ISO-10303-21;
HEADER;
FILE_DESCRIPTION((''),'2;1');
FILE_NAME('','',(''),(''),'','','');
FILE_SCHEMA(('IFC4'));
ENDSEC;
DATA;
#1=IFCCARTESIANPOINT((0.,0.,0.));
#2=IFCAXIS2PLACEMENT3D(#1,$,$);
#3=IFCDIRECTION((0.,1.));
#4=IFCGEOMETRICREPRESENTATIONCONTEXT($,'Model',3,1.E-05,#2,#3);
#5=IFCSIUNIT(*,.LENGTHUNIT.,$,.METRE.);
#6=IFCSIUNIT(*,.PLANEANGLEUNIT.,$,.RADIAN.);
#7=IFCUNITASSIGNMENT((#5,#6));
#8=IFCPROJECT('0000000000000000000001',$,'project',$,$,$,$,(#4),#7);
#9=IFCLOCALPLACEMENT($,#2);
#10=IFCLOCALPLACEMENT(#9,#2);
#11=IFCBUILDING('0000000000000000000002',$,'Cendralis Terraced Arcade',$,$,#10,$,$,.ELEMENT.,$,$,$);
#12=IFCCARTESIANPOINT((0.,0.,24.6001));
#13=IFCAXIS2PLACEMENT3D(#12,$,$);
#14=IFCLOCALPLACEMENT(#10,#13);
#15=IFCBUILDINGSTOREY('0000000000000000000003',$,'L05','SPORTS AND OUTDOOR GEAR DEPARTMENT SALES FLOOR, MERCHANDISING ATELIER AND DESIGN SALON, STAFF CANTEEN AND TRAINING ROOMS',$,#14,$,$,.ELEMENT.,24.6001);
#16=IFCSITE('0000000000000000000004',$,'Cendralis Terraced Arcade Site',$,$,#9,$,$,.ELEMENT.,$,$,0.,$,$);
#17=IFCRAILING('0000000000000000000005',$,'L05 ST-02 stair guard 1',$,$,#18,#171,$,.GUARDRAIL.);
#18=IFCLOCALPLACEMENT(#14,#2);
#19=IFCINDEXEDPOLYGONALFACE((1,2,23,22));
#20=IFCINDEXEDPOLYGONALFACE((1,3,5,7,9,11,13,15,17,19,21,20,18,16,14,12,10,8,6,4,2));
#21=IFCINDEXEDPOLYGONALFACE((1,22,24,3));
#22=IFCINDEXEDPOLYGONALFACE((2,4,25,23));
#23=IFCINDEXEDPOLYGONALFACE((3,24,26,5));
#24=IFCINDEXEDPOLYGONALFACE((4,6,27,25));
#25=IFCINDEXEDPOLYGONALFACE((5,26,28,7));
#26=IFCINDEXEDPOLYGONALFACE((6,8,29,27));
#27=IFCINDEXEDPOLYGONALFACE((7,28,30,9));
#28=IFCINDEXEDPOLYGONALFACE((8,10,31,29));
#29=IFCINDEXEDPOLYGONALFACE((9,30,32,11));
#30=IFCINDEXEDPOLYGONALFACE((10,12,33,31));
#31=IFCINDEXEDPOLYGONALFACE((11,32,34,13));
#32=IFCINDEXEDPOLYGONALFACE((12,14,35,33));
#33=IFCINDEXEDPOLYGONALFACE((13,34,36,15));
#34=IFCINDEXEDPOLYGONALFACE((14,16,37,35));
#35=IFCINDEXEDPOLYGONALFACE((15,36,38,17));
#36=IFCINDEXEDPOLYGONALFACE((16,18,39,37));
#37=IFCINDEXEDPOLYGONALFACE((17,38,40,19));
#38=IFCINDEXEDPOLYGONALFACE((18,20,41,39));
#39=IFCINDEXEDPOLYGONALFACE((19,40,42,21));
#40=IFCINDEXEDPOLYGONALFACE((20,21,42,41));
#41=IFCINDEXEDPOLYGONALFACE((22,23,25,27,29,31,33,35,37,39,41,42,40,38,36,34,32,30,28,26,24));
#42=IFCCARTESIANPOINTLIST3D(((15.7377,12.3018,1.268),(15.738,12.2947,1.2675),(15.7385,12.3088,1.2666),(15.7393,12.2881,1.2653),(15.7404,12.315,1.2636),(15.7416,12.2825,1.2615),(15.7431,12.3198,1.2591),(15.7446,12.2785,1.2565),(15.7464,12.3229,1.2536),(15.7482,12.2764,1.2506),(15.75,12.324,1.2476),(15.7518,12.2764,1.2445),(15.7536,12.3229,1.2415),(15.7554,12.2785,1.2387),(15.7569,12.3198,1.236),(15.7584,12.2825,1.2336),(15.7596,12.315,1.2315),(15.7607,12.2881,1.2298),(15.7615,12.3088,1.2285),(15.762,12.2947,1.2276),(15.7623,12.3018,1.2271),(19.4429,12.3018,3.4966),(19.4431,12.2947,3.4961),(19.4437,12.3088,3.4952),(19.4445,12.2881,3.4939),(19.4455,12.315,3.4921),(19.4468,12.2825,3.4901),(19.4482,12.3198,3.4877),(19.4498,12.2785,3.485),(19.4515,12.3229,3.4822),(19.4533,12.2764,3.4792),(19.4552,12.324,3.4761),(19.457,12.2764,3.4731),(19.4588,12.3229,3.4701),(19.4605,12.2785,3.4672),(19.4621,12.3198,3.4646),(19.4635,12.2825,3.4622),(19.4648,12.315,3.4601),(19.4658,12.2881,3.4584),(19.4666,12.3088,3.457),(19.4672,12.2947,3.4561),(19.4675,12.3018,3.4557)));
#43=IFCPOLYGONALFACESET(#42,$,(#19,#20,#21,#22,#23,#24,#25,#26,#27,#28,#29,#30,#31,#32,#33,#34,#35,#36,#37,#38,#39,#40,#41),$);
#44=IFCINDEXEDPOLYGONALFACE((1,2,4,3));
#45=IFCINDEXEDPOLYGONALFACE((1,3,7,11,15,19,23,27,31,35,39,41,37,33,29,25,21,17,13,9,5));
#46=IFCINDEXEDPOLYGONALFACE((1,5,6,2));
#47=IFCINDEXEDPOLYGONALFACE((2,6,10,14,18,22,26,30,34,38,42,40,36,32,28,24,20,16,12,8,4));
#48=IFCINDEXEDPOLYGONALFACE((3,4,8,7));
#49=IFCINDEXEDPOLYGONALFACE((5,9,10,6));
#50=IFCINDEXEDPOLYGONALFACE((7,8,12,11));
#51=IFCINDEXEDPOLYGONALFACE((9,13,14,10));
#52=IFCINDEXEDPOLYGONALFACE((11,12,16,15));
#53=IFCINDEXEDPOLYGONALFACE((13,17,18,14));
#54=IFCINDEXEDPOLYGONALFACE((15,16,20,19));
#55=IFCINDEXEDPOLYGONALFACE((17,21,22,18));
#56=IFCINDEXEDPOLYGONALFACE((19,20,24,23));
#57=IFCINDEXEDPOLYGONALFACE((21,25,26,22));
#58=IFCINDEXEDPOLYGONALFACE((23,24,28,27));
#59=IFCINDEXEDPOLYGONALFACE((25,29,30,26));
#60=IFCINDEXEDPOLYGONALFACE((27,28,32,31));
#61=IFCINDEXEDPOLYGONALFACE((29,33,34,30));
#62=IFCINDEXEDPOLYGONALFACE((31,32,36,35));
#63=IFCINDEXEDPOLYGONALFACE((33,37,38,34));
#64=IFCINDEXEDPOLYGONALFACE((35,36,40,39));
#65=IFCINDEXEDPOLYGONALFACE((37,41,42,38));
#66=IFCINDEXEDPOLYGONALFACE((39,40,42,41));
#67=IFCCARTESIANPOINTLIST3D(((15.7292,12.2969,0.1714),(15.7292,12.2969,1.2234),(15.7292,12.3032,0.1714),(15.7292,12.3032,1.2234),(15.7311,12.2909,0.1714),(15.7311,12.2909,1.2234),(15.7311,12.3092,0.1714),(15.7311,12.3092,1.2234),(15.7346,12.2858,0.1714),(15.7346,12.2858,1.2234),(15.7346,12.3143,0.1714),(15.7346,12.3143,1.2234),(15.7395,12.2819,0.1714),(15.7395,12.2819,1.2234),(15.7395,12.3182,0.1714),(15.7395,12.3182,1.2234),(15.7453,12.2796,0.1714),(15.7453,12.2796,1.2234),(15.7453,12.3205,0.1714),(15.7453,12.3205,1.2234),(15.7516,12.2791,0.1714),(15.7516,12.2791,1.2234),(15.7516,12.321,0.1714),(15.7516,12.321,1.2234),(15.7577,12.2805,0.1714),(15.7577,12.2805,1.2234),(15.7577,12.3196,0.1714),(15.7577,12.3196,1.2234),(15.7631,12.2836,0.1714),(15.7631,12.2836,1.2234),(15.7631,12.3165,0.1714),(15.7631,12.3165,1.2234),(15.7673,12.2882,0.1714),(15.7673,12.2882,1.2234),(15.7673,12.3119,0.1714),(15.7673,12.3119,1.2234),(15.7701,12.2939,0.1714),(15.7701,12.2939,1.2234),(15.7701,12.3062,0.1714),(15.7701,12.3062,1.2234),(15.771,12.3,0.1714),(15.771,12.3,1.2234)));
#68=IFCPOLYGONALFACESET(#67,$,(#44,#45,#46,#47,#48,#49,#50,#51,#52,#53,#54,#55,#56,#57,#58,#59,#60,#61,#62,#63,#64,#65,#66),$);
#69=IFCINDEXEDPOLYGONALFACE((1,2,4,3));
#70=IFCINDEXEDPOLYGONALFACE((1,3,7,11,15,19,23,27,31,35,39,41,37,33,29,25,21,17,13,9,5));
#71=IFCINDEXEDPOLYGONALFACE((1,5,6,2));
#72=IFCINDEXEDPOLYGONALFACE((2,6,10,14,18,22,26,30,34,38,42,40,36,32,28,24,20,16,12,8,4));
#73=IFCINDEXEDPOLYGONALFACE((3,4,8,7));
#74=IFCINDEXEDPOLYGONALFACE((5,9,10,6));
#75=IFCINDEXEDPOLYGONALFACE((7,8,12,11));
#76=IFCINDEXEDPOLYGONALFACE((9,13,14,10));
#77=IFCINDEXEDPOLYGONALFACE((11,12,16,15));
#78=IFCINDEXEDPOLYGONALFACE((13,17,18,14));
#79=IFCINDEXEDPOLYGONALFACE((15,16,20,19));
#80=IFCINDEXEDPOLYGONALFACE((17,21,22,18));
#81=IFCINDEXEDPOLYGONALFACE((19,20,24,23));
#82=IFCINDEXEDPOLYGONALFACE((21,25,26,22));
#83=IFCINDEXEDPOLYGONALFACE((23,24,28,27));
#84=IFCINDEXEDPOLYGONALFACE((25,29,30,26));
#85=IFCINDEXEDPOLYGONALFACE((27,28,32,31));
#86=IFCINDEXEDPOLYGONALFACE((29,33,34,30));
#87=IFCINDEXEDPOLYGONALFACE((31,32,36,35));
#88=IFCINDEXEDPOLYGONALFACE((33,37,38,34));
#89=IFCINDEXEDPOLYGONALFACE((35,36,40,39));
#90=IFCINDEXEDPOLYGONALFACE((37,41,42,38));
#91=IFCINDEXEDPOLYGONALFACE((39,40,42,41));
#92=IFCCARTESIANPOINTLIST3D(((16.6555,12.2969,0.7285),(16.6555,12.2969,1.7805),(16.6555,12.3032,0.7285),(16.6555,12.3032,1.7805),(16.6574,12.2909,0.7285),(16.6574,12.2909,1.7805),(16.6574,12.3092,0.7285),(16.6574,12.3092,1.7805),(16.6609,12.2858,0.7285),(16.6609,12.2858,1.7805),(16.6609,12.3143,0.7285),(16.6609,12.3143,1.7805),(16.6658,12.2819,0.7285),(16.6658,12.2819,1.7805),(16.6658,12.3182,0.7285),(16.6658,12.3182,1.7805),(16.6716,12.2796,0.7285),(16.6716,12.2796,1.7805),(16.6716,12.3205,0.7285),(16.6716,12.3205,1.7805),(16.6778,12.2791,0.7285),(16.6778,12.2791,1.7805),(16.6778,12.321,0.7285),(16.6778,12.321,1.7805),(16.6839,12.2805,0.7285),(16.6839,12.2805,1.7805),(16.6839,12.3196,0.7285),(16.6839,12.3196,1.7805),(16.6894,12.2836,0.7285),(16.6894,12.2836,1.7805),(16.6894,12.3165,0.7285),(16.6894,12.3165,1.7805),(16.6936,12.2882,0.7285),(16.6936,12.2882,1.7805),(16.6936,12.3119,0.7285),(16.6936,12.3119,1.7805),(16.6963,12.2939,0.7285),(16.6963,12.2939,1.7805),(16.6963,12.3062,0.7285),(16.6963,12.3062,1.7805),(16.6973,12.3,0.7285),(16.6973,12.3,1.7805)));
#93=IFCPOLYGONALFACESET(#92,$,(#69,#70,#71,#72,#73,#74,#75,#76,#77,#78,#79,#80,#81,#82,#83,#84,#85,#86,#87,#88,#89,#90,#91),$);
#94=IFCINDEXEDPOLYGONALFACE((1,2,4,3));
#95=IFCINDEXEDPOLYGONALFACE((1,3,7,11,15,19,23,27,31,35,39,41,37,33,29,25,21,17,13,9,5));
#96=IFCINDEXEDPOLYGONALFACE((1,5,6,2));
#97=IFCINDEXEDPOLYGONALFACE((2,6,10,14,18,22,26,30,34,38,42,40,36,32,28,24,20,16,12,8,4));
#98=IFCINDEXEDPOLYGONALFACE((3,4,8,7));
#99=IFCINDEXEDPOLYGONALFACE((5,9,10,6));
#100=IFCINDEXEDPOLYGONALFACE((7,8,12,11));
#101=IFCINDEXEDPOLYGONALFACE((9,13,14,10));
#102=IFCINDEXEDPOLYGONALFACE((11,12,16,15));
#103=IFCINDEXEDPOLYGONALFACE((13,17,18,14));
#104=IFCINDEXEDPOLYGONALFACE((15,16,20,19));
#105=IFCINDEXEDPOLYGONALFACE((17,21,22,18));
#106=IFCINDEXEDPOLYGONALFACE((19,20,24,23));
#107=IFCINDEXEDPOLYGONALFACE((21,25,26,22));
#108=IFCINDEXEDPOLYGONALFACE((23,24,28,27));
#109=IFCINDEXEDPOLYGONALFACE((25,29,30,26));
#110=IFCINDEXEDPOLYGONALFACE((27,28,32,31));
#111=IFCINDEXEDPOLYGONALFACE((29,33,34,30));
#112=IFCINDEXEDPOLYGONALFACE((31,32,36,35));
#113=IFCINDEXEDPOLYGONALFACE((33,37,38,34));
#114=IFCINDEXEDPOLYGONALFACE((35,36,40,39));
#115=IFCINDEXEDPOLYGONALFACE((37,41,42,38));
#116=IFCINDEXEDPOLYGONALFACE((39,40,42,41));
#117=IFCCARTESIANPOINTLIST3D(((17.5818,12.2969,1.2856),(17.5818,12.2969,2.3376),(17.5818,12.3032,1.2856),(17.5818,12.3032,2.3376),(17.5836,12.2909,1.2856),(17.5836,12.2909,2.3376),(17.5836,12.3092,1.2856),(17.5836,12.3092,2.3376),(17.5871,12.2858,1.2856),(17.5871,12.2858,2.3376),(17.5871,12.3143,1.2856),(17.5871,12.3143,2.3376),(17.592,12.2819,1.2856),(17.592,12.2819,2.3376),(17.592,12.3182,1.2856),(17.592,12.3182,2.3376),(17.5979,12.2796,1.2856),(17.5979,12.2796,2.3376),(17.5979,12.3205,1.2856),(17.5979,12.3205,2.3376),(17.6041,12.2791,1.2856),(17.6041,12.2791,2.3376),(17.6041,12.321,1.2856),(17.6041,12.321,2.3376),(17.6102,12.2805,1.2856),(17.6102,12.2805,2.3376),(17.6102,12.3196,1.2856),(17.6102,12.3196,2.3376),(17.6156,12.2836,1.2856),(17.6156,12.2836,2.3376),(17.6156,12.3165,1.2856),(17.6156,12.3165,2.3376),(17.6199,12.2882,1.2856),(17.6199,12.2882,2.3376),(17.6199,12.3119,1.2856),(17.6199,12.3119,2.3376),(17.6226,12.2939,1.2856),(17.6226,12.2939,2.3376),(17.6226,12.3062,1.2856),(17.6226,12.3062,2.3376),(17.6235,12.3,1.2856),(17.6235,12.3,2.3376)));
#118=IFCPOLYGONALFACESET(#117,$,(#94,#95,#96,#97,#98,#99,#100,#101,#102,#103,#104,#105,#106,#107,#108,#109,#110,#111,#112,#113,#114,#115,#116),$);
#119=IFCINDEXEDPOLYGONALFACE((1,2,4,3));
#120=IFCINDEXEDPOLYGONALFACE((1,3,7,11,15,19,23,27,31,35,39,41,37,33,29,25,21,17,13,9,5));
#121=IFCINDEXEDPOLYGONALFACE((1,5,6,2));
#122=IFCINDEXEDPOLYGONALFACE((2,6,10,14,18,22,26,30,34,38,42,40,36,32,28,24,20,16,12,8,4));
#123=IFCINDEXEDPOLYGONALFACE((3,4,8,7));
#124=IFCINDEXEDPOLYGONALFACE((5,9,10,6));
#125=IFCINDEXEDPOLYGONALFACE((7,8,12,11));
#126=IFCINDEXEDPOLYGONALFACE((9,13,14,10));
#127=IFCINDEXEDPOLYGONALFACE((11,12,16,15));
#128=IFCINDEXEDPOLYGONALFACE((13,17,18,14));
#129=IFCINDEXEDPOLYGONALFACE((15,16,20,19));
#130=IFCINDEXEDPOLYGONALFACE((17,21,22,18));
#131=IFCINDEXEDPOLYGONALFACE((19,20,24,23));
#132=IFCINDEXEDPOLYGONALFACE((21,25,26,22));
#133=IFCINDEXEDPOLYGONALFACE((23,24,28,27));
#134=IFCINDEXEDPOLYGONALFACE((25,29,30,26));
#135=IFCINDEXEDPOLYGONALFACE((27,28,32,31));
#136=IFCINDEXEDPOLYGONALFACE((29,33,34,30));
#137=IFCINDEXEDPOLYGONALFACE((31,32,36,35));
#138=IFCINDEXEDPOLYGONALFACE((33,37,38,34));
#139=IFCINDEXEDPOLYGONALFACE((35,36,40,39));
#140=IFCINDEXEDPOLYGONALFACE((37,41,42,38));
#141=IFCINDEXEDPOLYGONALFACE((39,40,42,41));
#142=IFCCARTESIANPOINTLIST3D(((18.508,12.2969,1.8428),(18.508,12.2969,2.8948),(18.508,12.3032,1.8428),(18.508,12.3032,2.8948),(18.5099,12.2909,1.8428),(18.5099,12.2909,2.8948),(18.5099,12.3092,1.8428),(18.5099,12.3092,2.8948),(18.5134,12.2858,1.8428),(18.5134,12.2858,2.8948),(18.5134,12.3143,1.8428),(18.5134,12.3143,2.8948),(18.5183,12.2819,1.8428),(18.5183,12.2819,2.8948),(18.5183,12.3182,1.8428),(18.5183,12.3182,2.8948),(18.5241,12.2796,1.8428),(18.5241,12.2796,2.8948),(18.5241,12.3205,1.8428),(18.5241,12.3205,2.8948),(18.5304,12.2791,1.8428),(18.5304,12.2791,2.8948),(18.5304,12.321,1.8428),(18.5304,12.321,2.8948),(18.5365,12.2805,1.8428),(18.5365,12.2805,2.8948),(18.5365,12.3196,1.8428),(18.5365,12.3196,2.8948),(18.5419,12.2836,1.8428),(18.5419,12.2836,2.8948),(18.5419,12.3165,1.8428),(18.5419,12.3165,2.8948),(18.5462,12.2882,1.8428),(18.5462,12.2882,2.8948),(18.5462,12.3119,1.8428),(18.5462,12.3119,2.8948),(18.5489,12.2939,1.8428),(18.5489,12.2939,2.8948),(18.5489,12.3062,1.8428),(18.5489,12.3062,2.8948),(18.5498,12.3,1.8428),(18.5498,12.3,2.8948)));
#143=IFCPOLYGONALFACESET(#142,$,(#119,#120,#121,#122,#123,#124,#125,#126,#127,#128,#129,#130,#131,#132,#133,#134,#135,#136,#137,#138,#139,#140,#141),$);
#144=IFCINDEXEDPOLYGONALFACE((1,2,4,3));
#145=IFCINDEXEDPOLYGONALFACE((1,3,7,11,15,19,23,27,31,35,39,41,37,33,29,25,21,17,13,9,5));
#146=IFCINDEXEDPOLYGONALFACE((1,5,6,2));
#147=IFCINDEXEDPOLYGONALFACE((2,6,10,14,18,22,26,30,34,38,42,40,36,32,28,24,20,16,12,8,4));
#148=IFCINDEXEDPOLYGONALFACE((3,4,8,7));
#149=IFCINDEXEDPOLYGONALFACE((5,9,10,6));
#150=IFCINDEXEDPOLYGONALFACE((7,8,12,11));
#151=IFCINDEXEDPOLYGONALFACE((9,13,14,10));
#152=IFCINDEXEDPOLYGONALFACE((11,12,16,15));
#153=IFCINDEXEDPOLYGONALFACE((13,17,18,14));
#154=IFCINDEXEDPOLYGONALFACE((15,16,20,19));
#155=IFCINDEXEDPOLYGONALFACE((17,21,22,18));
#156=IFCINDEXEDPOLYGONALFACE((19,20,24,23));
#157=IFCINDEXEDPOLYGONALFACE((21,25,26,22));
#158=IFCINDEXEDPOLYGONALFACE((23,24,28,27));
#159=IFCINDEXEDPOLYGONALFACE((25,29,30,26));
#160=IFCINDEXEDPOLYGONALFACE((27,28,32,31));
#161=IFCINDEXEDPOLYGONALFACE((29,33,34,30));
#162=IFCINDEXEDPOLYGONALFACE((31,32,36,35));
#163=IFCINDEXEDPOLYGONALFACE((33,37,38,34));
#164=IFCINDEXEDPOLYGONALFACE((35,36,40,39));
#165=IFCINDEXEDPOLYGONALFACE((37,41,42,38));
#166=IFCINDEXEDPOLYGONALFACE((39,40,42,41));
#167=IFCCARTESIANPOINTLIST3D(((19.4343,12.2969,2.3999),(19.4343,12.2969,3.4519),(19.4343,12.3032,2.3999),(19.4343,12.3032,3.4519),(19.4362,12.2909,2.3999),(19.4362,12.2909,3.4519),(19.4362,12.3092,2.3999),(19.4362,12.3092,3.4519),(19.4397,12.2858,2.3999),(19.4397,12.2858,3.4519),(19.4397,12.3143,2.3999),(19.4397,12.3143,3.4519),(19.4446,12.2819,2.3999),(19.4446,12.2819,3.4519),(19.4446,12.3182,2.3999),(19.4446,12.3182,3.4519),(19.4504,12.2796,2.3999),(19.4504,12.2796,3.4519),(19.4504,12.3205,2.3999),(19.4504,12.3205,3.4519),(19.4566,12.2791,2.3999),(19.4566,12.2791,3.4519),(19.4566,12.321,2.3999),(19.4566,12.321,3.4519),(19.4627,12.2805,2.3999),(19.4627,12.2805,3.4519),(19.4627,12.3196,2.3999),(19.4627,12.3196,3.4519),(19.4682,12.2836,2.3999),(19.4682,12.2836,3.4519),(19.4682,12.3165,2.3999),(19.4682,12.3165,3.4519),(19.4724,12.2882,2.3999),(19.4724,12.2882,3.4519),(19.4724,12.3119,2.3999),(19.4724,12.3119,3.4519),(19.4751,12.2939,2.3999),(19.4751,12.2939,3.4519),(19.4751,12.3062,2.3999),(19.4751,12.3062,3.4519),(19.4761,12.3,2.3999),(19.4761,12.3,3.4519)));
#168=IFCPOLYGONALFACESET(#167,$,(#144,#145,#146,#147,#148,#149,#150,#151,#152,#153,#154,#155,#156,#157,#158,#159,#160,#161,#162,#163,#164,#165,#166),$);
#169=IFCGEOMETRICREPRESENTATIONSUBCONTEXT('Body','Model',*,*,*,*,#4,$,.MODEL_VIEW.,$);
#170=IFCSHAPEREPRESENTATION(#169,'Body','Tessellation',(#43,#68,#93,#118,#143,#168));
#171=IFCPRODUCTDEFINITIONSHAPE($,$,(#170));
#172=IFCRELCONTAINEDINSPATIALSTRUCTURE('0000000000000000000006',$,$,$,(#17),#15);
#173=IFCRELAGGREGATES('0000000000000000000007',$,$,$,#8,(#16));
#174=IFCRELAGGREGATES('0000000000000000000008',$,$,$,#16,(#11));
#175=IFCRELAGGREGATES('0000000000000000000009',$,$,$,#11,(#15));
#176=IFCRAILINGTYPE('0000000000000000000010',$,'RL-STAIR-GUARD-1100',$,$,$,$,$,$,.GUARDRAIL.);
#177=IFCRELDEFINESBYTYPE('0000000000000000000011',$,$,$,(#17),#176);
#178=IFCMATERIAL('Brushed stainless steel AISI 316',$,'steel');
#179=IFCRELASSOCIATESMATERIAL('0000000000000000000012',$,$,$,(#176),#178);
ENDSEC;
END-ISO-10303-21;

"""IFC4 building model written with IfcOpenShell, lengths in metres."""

from ifc_helpers import new_model, si_unit, direction, frame, origin, origin_2d, place, context, subcontext, project, spatial, circle, extrude, material, type_object, element, save


model = new_model("IFC4")

# Units and contexts
model_context = context("Model", 3, precision=1e-05, world=origin(), true_north=direction((0.0, 1.0)))
body_context = subcontext(model_context, "Body", "Model", "MODEL_VIEW")
ifc_project = project(units=[si_unit("LENGTHUNIT", "METRE"), si_unit("PLANEANGLEUNIT", "RADIAN")], contexts=[model_context])

# Site, building, storey
site_placement = place(None, origin())
site = spatial("IfcSite", under=ifc_project, at=site_placement, Name="Cendralis Terraced Arcade Site", CompositionType="ELEMENT", RefElevation=0.0)
building_placement = place(site_placement, origin())
building = spatial("IfcBuilding", under=site, at=building_placement, Name="Cendralis Terraced Arcade", CompositionType="ELEMENT")
storey_placement = place(building_placement, frame((0.0, 0.0, 24.6001)))
storey = spatial("IfcBuildingStorey", under=building, at=storey_placement, Name="L05", Description="SPORTS AND OUTDOOR GEAR DEPARTMENT SALES FLOOR, MERCHANDISING ATELIER AND DESIGN SALON, STAFF CANTEEN AND TRAINING ROOMS", CompositionType="ELEMENT", Elevation=24.6001)

# Railing
ifc_material_1 = material(Name="Brushed stainless steel AISI 316", Category="steel")
railing_type_1 = type_object("IfcRailingType", Name="RL-STAIR-GUARD-1100", PredefinedType="GUARDRAIL", material=ifc_material_1)
railing_1_placement = place(storey_placement, frame((15.75, 12.3, 0.1714)))
element("IfcRailing", 1, at=railing_1_placement, inside=storey, type_object=railing_type_1, Name="L05 ST-02 stair guard 1", PredefinedType="GUARDRAIL", context=body_context, shape_type="SweptSolid", body=[
    extrude(circle(Radius=0.0239, at=origin_2d()), frame((0.0, 0.0, 1.0762), z_axis=(0.856934, 0.0, 0.515425), x_axis=(0.0, 1.0, 0.0)), (0.0, 0.0, 1.0), 4.3237),
    extrude(circle(Radius=0.021, at=origin_2d()), origin(), (0.0, 0.0, 1.0), 1.052),
    extrude(circle(Radius=0.021, at=origin_2d()), frame((0.9263, 0.0, 0.5571)), (0.0, 0.0, 1.0), 1.052),
    extrude(circle(Radius=0.021, at=origin_2d()), frame((1.8525, 0.0, 1.1143)), (0.0, 0.0, 1.0), 1.052),
    extrude(circle(Radius=0.021, at=origin_2d()), frame((2.7788, 0.0, 1.6714)), (0.0, 0.0, 1.0), 1.052),
    extrude(circle(Radius=0.021, at=origin_2d()), frame((3.7051, 0.0, 2.2285)), (0.0, 0.0, 1.0), 1.052),
])

save(model, "model.ifc")
